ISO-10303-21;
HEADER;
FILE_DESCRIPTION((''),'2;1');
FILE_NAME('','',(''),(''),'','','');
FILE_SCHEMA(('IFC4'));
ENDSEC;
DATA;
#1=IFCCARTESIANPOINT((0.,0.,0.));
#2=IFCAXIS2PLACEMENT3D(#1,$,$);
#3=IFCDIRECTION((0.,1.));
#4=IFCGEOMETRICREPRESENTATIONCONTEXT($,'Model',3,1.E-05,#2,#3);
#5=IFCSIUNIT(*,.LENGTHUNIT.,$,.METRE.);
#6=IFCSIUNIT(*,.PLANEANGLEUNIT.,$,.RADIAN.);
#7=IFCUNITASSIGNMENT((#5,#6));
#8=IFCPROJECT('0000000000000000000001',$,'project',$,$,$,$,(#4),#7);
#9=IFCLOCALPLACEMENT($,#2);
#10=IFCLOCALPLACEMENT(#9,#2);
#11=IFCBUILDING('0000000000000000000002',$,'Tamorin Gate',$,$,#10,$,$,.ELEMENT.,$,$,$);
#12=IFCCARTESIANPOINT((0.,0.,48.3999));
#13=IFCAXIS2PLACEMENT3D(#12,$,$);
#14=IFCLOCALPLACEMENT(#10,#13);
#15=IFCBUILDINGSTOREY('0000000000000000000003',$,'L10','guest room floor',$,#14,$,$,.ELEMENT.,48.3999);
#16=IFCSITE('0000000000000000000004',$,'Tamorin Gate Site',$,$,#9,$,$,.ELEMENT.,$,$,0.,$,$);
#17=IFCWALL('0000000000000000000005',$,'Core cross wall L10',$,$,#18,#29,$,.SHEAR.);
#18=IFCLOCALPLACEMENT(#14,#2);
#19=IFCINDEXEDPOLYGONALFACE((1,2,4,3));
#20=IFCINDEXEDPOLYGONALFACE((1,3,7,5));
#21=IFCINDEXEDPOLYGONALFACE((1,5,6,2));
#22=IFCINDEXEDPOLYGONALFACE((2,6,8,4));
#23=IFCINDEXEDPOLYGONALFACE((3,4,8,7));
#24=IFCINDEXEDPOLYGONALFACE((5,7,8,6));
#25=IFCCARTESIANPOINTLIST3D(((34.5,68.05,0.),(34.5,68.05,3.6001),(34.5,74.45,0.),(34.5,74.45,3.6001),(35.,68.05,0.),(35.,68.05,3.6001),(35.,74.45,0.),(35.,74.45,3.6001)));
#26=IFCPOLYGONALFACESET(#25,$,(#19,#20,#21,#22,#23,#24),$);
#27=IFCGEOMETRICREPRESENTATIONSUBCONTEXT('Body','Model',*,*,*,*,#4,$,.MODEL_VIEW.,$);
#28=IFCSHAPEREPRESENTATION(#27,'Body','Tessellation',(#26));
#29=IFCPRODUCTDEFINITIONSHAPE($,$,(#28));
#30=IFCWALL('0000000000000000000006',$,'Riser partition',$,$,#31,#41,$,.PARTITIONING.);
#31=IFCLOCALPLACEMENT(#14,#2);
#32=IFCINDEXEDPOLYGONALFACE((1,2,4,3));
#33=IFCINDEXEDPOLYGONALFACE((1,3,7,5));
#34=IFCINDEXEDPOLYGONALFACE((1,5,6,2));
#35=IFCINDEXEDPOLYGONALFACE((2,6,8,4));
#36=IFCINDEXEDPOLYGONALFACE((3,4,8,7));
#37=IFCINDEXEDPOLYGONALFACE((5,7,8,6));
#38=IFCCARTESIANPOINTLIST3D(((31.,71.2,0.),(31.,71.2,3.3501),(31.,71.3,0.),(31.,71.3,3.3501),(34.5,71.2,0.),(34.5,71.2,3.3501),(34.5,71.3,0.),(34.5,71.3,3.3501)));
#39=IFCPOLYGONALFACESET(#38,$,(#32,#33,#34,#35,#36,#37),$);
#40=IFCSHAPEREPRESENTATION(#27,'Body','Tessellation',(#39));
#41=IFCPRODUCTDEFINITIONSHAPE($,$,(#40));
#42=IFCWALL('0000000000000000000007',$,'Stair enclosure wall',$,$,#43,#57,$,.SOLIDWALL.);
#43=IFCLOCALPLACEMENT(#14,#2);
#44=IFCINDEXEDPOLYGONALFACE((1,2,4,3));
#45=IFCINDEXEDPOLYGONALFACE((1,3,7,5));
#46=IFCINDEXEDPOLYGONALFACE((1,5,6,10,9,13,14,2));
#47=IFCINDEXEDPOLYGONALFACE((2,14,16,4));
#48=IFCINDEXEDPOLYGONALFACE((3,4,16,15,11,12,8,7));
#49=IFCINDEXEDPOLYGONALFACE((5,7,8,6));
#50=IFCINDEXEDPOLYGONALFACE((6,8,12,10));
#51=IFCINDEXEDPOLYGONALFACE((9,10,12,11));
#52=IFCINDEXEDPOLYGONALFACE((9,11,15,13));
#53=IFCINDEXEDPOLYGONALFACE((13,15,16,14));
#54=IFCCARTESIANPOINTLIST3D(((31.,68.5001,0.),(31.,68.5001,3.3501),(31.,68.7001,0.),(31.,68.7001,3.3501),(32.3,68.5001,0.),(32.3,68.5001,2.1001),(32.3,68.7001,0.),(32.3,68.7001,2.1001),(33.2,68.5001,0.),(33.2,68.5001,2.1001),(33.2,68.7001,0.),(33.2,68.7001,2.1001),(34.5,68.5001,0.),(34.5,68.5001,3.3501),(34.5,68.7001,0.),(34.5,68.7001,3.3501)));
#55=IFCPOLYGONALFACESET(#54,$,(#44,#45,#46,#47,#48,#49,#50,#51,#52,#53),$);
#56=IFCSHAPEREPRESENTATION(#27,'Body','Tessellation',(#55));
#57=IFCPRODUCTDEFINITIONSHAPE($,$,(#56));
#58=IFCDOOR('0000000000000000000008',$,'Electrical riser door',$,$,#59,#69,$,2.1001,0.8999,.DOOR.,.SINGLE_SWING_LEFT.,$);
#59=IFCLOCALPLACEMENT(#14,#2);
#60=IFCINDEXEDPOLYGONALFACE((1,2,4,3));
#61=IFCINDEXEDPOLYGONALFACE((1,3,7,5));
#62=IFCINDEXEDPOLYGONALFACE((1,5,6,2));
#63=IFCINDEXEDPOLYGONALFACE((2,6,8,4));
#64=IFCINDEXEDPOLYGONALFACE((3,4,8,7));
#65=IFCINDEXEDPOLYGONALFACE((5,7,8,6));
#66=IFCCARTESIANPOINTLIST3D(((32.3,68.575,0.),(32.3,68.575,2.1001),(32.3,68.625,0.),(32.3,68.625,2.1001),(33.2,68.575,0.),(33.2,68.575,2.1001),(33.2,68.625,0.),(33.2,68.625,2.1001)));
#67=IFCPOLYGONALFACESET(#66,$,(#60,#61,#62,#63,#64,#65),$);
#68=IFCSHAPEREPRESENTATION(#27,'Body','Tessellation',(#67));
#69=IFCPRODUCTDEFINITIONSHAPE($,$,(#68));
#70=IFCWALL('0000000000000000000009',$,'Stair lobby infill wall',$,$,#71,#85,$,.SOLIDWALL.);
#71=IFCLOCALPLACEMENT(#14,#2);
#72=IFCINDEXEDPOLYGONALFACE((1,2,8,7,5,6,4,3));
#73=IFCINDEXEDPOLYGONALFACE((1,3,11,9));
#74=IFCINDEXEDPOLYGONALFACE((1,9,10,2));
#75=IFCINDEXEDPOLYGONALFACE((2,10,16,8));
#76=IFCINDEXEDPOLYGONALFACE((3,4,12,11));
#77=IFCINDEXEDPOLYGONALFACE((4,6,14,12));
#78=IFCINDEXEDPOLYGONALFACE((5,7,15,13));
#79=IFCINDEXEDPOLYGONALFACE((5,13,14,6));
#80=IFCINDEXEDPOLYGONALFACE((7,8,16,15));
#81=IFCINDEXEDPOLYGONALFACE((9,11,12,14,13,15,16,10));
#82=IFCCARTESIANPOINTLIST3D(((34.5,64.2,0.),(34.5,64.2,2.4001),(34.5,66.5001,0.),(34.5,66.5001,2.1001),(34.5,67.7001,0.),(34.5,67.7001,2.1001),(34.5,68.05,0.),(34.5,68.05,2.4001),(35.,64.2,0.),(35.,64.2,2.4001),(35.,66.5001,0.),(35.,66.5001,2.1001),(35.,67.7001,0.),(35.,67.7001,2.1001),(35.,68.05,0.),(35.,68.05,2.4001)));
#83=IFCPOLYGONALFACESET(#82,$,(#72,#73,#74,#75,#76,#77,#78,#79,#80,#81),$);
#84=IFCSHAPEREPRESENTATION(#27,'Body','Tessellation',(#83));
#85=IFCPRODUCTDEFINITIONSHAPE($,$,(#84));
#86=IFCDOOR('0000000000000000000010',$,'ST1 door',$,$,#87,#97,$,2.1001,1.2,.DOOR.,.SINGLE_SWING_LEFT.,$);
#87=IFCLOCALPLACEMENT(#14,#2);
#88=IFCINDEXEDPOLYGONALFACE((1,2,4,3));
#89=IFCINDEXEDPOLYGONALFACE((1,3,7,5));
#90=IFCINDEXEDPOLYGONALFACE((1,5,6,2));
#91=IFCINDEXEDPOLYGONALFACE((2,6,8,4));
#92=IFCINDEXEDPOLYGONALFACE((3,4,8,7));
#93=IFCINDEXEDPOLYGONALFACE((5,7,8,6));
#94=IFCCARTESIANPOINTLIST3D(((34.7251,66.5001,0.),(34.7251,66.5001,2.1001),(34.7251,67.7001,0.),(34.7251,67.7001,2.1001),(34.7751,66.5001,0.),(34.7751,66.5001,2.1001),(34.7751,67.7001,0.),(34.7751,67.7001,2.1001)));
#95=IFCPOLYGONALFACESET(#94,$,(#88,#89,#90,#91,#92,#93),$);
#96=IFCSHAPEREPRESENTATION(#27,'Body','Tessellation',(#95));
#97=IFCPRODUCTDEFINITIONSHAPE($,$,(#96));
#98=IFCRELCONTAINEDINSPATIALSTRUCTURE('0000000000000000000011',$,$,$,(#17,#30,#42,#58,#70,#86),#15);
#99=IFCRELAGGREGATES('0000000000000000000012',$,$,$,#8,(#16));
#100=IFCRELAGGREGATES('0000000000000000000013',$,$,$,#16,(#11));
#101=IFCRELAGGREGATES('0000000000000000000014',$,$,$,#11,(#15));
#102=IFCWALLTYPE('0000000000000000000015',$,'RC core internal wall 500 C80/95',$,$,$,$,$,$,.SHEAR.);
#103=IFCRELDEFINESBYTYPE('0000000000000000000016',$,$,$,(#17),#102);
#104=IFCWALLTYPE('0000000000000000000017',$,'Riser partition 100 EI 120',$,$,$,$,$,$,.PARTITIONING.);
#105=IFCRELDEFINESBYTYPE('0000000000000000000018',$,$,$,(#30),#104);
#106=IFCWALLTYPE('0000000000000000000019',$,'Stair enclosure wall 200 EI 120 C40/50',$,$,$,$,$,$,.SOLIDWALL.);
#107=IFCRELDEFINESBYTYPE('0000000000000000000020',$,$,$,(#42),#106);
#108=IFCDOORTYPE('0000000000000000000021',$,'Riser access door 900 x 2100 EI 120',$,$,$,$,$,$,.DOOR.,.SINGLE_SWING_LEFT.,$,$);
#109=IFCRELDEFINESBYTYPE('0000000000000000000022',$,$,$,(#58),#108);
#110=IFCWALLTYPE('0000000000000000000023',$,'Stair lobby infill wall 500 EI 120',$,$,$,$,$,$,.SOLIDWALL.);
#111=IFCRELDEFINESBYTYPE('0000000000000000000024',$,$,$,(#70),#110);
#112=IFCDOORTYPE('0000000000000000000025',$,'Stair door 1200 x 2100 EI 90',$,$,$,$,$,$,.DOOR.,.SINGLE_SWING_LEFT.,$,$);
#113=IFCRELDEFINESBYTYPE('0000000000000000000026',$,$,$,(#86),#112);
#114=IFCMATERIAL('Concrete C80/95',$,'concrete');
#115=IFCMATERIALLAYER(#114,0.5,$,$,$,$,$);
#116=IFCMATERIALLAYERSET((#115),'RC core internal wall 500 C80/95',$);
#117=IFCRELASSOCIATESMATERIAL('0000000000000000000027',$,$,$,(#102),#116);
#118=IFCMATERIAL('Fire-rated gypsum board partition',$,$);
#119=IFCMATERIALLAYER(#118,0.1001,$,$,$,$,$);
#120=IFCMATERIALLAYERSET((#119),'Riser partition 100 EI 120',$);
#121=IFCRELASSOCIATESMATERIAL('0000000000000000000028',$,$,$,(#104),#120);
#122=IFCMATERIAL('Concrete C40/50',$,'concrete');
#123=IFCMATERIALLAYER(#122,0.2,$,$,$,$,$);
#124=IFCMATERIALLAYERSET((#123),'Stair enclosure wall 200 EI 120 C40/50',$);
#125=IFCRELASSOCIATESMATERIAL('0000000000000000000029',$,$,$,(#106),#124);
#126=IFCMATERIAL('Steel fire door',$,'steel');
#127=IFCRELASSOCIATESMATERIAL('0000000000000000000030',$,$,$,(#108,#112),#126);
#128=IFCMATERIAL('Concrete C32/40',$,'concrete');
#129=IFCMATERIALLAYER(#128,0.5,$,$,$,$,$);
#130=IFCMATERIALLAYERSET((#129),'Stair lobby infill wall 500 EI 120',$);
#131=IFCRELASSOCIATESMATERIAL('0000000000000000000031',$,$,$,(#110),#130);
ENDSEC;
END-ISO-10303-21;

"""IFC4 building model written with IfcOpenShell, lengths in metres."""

from ifc_helpers import new_model, si_unit, direction, frame, frame_2d, origin, place, context, subcontext, project, spatial, rectangle, extrude, material, layer, layer_set, type_object, element, fill, save


model = new_model("IFC4")

# Units and contexts
model_context = context("Model", 3, precision=1e-05, world=origin(), true_north=direction((0.0, 1.0)))
body_context = subcontext(model_context, "Body", "Model", "MODEL_VIEW")
ifc_project = project(units=[si_unit("LENGTHUNIT", "METRE"), si_unit("PLANEANGLEUNIT", "RADIAN")], contexts=[model_context])

# Site, building, storey
site_placement = place(None, origin())
site = spatial("IfcSite", under=ifc_project, at=site_placement, Name="Tamorin Gate Site", CompositionType="ELEMENT", RefElevation=0.0)
building_placement = place(site_placement, origin())
building = spatial("IfcBuilding", under=site, at=building_placement, Name="Tamorin Gate", CompositionType="ELEMENT")
storey_placement = place(building_placement, frame((0.0, 0.0, 48.3999)))
storey = spatial("IfcBuildingStorey", under=building, at=storey_placement, Name="L10", Description="guest room floor", CompositionType="ELEMENT", Elevation=48.3999)

# Shared definitions
ifc_material_1 = material(Name="Concrete C80/95", Category="concrete")

# Shared definitions
ifc_material_2 = material(Name="Concrete C32/40", Category="concrete")

# Walls
ifc_layer_1 = layer(ifc_material_1, 0.5)
ifc_layer_set_1 = layer_set([ifc_layer_1], Name="RC core internal wall 500 C80/95")
wall_type_1 = type_object("IfcWallType", Name="RC core internal wall 500 C80/95", PredefinedType="SHEAR", material=ifc_layer_set_1)
wall_1_placement = place(storey_placement, frame((34.75, 68.05, 0.0), z_axis=(0.0, 0.0, 1.0), x_axis=(0.0, 1.0, 0.0)))
element("IfcWall", 1, at=wall_1_placement, inside=storey, type_object=wall_type_1, Name="Core cross wall L10", PredefinedType="SHEAR", context=body_context, shape_type="SweptSolid", body=[
    extrude(rectangle(XDim=6.3999, YDim=0.5, at=frame_2d((3.2, 0.0))), origin(), (0.0, 0.0, 1.0), 3.6001),
])
ifc_material_3 = material(Name="Fire-rated gypsum board partition")
ifc_layer_2 = layer(ifc_material_3, 0.1001)
ifc_layer_set_2 = layer_set([ifc_layer_2], Name="Riser partition 100 EI 120")
wall_type_2 = type_object("IfcWallType", Name="Riser partition 100 EI 120", PredefinedType="PARTITIONING", material=ifc_layer_set_2)
wall_2_placement = place(storey_placement, frame((31.0, 71.25, 0.0), z_axis=(0.0, 0.0, 1.0), x_axis=(1.0, 0.0, 0.0)))
element("IfcWall", 2, at=wall_2_placement, inside=storey, type_object=wall_type_2, Name="Riser partition", PredefinedType="PARTITIONING", context=body_context, shape_type="SweptSolid", body=[
    extrude(rectangle(XDim=3.5, YDim=0.1001, at=frame_2d((1.75, 0.0))), origin(), (0.0, 0.0, 1.0), 3.3501),
])

# Walls, openings, doors
ifc_material_4 = material(Name="Concrete C40/50", Category="concrete")
ifc_layer_3 = layer(ifc_material_4, 0.2)
ifc_layer_set_3 = layer_set([ifc_layer_3], Name="Stair enclosure wall 200 EI 120 C40/50")
wall_type_3 = type_object("IfcWallType", Name="Stair enclosure wall 200 EI 120 C40/50", PredefinedType="SOLIDWALL", material=ifc_layer_set_3)
wall_3_placement = place(storey_placement, frame((31.0, 68.6001, 0.0), z_axis=(0.0, 0.0, 1.0), x_axis=(1.0, 0.0, 0.0)))
wall_3 = element("IfcWall", 3, at=wall_3_placement, inside=storey, type_object=wall_type_3, Name="Stair enclosure wall", PredefinedType="SOLIDWALL", context=body_context, shape_type="SweptSolid", body=[
    extrude(rectangle(XDim=3.5, YDim=0.2, at=frame_2d((1.75, 0.0))), origin(), (0.0, 0.0, 1.0), 3.3501),
])
opening_1_placement = place(wall_3_placement, frame((1.3, 0.0, 0.0)))
opening_1 = element("IfcOpeningElement", 4, at=opening_1_placement, cuts=wall_3, PredefinedType="OPENING", context=body_context, shape_type="SweptSolid", body=[
    extrude(rectangle(XDim=0.8999, YDim=2.1001, at=frame_2d((0.45, 1.05))), frame((0.0, 0.1099, 0.0), z_axis=(0.0, -1.0, 0.0), x_axis=(1.0, 0.0, 0.0)), (0.0, 0.0, 1.0), 0.22),
])
ifc_material_5 = material(Name="Steel fire door", Category="steel")
door_type_1 = type_object("IfcDoorType", Name="Riser access door 900 x 2100 EI 120", OperationType="SINGLE_SWING_LEFT", PredefinedType="DOOR", material=ifc_material_5)
door_1_placement = place(opening_1_placement, origin())
door_1 = element("IfcDoor", 5, at=door_1_placement, inside=storey, type_object=door_type_1, Name="Electrical riser door", OperationType="SINGLE_SWING_LEFT", OverallHeight=2.1001, OverallWidth=0.8999, PredefinedType="DOOR", context=body_context, shape_type="SweptSolid", body=[
    extrude(rectangle(XDim=0.8999, YDim=2.1001, at=frame_2d((0.45, 1.05))), frame((0.0, 0.0249, 0.0), z_axis=(0.0, -1.0, 0.0), x_axis=(1.0, 0.0, 0.0)), (0.0, 0.0, 1.0), 0.05),
])
fill(opening_1, door_1)
ifc_layer_4 = layer(ifc_material_2, 0.5)
ifc_layer_set_4 = layer_set([ifc_layer_4], Name="Stair lobby infill wall 500 EI 120")
wall_type_4 = type_object("IfcWallType", Name="Stair lobby infill wall 500 EI 120", PredefinedType="SOLIDWALL", material=ifc_layer_set_4)
wall_4_placement = place(storey_placement, frame((34.75, 64.2, 0.0), z_axis=(0.0, 0.0, 1.0), x_axis=(0.0, 1.0, 0.0)))
wall_4 = element("IfcWall", 6, at=wall_4_placement, inside=storey, type_object=wall_type_4, Name="Stair lobby infill wall", PredefinedType="SOLIDWALL", context=body_context, shape_type="SweptSolid", body=[
    extrude(rectangle(XDim=3.8501, YDim=0.5, at=frame_2d((1.925, 0.0))), origin(), (0.0, 0.0, 1.0), 2.4001),
])
opening_2_placement = place(wall_4_placement, frame((2.3, 0.0, 0.0)))
opening_2 = element("IfcOpeningElement", 7, at=opening_2_placement, cuts=wall_4, PredefinedType="OPENING", context=body_context, shape_type="SweptSolid", body=[
    extrude(rectangle(XDim=1.2, YDim=2.1001, at=frame_2d((0.6001, 1.05))), frame((0.0, 0.26, 0.0), z_axis=(0.0, -1.0, 0.0), x_axis=(1.0, 0.0, 0.0)), (0.0, 0.0, 1.0), 0.52),
])
door_type_2 = type_object("IfcDoorType", Name="Stair door 1200 x 2100 EI 90", OperationType="SINGLE_SWING_LEFT", PredefinedType="DOOR", material=ifc_material_5)
door_2_placement = place(opening_2_placement, origin())
door_2 = element("IfcDoor", 8, at=door_2_placement, inside=storey, type_object=door_type_2, Name="ST1 door", OperationType="SINGLE_SWING_LEFT", OverallHeight=2.1001, OverallWidth=1.2, PredefinedType="DOOR", context=body_context, shape_type="SweptSolid", body=[
    extrude(rectangle(XDim=1.2, YDim=2.1001, at=frame_2d((0.6001, 1.05))), frame((0.0, 0.0249, 0.0), z_axis=(0.0, -1.0, 0.0), x_axis=(1.0, 0.0, 0.0)), (0.0, 0.0, 1.0), 0.05),
])
fill(opening_2, door_2)

save(model, "model.ifc")
